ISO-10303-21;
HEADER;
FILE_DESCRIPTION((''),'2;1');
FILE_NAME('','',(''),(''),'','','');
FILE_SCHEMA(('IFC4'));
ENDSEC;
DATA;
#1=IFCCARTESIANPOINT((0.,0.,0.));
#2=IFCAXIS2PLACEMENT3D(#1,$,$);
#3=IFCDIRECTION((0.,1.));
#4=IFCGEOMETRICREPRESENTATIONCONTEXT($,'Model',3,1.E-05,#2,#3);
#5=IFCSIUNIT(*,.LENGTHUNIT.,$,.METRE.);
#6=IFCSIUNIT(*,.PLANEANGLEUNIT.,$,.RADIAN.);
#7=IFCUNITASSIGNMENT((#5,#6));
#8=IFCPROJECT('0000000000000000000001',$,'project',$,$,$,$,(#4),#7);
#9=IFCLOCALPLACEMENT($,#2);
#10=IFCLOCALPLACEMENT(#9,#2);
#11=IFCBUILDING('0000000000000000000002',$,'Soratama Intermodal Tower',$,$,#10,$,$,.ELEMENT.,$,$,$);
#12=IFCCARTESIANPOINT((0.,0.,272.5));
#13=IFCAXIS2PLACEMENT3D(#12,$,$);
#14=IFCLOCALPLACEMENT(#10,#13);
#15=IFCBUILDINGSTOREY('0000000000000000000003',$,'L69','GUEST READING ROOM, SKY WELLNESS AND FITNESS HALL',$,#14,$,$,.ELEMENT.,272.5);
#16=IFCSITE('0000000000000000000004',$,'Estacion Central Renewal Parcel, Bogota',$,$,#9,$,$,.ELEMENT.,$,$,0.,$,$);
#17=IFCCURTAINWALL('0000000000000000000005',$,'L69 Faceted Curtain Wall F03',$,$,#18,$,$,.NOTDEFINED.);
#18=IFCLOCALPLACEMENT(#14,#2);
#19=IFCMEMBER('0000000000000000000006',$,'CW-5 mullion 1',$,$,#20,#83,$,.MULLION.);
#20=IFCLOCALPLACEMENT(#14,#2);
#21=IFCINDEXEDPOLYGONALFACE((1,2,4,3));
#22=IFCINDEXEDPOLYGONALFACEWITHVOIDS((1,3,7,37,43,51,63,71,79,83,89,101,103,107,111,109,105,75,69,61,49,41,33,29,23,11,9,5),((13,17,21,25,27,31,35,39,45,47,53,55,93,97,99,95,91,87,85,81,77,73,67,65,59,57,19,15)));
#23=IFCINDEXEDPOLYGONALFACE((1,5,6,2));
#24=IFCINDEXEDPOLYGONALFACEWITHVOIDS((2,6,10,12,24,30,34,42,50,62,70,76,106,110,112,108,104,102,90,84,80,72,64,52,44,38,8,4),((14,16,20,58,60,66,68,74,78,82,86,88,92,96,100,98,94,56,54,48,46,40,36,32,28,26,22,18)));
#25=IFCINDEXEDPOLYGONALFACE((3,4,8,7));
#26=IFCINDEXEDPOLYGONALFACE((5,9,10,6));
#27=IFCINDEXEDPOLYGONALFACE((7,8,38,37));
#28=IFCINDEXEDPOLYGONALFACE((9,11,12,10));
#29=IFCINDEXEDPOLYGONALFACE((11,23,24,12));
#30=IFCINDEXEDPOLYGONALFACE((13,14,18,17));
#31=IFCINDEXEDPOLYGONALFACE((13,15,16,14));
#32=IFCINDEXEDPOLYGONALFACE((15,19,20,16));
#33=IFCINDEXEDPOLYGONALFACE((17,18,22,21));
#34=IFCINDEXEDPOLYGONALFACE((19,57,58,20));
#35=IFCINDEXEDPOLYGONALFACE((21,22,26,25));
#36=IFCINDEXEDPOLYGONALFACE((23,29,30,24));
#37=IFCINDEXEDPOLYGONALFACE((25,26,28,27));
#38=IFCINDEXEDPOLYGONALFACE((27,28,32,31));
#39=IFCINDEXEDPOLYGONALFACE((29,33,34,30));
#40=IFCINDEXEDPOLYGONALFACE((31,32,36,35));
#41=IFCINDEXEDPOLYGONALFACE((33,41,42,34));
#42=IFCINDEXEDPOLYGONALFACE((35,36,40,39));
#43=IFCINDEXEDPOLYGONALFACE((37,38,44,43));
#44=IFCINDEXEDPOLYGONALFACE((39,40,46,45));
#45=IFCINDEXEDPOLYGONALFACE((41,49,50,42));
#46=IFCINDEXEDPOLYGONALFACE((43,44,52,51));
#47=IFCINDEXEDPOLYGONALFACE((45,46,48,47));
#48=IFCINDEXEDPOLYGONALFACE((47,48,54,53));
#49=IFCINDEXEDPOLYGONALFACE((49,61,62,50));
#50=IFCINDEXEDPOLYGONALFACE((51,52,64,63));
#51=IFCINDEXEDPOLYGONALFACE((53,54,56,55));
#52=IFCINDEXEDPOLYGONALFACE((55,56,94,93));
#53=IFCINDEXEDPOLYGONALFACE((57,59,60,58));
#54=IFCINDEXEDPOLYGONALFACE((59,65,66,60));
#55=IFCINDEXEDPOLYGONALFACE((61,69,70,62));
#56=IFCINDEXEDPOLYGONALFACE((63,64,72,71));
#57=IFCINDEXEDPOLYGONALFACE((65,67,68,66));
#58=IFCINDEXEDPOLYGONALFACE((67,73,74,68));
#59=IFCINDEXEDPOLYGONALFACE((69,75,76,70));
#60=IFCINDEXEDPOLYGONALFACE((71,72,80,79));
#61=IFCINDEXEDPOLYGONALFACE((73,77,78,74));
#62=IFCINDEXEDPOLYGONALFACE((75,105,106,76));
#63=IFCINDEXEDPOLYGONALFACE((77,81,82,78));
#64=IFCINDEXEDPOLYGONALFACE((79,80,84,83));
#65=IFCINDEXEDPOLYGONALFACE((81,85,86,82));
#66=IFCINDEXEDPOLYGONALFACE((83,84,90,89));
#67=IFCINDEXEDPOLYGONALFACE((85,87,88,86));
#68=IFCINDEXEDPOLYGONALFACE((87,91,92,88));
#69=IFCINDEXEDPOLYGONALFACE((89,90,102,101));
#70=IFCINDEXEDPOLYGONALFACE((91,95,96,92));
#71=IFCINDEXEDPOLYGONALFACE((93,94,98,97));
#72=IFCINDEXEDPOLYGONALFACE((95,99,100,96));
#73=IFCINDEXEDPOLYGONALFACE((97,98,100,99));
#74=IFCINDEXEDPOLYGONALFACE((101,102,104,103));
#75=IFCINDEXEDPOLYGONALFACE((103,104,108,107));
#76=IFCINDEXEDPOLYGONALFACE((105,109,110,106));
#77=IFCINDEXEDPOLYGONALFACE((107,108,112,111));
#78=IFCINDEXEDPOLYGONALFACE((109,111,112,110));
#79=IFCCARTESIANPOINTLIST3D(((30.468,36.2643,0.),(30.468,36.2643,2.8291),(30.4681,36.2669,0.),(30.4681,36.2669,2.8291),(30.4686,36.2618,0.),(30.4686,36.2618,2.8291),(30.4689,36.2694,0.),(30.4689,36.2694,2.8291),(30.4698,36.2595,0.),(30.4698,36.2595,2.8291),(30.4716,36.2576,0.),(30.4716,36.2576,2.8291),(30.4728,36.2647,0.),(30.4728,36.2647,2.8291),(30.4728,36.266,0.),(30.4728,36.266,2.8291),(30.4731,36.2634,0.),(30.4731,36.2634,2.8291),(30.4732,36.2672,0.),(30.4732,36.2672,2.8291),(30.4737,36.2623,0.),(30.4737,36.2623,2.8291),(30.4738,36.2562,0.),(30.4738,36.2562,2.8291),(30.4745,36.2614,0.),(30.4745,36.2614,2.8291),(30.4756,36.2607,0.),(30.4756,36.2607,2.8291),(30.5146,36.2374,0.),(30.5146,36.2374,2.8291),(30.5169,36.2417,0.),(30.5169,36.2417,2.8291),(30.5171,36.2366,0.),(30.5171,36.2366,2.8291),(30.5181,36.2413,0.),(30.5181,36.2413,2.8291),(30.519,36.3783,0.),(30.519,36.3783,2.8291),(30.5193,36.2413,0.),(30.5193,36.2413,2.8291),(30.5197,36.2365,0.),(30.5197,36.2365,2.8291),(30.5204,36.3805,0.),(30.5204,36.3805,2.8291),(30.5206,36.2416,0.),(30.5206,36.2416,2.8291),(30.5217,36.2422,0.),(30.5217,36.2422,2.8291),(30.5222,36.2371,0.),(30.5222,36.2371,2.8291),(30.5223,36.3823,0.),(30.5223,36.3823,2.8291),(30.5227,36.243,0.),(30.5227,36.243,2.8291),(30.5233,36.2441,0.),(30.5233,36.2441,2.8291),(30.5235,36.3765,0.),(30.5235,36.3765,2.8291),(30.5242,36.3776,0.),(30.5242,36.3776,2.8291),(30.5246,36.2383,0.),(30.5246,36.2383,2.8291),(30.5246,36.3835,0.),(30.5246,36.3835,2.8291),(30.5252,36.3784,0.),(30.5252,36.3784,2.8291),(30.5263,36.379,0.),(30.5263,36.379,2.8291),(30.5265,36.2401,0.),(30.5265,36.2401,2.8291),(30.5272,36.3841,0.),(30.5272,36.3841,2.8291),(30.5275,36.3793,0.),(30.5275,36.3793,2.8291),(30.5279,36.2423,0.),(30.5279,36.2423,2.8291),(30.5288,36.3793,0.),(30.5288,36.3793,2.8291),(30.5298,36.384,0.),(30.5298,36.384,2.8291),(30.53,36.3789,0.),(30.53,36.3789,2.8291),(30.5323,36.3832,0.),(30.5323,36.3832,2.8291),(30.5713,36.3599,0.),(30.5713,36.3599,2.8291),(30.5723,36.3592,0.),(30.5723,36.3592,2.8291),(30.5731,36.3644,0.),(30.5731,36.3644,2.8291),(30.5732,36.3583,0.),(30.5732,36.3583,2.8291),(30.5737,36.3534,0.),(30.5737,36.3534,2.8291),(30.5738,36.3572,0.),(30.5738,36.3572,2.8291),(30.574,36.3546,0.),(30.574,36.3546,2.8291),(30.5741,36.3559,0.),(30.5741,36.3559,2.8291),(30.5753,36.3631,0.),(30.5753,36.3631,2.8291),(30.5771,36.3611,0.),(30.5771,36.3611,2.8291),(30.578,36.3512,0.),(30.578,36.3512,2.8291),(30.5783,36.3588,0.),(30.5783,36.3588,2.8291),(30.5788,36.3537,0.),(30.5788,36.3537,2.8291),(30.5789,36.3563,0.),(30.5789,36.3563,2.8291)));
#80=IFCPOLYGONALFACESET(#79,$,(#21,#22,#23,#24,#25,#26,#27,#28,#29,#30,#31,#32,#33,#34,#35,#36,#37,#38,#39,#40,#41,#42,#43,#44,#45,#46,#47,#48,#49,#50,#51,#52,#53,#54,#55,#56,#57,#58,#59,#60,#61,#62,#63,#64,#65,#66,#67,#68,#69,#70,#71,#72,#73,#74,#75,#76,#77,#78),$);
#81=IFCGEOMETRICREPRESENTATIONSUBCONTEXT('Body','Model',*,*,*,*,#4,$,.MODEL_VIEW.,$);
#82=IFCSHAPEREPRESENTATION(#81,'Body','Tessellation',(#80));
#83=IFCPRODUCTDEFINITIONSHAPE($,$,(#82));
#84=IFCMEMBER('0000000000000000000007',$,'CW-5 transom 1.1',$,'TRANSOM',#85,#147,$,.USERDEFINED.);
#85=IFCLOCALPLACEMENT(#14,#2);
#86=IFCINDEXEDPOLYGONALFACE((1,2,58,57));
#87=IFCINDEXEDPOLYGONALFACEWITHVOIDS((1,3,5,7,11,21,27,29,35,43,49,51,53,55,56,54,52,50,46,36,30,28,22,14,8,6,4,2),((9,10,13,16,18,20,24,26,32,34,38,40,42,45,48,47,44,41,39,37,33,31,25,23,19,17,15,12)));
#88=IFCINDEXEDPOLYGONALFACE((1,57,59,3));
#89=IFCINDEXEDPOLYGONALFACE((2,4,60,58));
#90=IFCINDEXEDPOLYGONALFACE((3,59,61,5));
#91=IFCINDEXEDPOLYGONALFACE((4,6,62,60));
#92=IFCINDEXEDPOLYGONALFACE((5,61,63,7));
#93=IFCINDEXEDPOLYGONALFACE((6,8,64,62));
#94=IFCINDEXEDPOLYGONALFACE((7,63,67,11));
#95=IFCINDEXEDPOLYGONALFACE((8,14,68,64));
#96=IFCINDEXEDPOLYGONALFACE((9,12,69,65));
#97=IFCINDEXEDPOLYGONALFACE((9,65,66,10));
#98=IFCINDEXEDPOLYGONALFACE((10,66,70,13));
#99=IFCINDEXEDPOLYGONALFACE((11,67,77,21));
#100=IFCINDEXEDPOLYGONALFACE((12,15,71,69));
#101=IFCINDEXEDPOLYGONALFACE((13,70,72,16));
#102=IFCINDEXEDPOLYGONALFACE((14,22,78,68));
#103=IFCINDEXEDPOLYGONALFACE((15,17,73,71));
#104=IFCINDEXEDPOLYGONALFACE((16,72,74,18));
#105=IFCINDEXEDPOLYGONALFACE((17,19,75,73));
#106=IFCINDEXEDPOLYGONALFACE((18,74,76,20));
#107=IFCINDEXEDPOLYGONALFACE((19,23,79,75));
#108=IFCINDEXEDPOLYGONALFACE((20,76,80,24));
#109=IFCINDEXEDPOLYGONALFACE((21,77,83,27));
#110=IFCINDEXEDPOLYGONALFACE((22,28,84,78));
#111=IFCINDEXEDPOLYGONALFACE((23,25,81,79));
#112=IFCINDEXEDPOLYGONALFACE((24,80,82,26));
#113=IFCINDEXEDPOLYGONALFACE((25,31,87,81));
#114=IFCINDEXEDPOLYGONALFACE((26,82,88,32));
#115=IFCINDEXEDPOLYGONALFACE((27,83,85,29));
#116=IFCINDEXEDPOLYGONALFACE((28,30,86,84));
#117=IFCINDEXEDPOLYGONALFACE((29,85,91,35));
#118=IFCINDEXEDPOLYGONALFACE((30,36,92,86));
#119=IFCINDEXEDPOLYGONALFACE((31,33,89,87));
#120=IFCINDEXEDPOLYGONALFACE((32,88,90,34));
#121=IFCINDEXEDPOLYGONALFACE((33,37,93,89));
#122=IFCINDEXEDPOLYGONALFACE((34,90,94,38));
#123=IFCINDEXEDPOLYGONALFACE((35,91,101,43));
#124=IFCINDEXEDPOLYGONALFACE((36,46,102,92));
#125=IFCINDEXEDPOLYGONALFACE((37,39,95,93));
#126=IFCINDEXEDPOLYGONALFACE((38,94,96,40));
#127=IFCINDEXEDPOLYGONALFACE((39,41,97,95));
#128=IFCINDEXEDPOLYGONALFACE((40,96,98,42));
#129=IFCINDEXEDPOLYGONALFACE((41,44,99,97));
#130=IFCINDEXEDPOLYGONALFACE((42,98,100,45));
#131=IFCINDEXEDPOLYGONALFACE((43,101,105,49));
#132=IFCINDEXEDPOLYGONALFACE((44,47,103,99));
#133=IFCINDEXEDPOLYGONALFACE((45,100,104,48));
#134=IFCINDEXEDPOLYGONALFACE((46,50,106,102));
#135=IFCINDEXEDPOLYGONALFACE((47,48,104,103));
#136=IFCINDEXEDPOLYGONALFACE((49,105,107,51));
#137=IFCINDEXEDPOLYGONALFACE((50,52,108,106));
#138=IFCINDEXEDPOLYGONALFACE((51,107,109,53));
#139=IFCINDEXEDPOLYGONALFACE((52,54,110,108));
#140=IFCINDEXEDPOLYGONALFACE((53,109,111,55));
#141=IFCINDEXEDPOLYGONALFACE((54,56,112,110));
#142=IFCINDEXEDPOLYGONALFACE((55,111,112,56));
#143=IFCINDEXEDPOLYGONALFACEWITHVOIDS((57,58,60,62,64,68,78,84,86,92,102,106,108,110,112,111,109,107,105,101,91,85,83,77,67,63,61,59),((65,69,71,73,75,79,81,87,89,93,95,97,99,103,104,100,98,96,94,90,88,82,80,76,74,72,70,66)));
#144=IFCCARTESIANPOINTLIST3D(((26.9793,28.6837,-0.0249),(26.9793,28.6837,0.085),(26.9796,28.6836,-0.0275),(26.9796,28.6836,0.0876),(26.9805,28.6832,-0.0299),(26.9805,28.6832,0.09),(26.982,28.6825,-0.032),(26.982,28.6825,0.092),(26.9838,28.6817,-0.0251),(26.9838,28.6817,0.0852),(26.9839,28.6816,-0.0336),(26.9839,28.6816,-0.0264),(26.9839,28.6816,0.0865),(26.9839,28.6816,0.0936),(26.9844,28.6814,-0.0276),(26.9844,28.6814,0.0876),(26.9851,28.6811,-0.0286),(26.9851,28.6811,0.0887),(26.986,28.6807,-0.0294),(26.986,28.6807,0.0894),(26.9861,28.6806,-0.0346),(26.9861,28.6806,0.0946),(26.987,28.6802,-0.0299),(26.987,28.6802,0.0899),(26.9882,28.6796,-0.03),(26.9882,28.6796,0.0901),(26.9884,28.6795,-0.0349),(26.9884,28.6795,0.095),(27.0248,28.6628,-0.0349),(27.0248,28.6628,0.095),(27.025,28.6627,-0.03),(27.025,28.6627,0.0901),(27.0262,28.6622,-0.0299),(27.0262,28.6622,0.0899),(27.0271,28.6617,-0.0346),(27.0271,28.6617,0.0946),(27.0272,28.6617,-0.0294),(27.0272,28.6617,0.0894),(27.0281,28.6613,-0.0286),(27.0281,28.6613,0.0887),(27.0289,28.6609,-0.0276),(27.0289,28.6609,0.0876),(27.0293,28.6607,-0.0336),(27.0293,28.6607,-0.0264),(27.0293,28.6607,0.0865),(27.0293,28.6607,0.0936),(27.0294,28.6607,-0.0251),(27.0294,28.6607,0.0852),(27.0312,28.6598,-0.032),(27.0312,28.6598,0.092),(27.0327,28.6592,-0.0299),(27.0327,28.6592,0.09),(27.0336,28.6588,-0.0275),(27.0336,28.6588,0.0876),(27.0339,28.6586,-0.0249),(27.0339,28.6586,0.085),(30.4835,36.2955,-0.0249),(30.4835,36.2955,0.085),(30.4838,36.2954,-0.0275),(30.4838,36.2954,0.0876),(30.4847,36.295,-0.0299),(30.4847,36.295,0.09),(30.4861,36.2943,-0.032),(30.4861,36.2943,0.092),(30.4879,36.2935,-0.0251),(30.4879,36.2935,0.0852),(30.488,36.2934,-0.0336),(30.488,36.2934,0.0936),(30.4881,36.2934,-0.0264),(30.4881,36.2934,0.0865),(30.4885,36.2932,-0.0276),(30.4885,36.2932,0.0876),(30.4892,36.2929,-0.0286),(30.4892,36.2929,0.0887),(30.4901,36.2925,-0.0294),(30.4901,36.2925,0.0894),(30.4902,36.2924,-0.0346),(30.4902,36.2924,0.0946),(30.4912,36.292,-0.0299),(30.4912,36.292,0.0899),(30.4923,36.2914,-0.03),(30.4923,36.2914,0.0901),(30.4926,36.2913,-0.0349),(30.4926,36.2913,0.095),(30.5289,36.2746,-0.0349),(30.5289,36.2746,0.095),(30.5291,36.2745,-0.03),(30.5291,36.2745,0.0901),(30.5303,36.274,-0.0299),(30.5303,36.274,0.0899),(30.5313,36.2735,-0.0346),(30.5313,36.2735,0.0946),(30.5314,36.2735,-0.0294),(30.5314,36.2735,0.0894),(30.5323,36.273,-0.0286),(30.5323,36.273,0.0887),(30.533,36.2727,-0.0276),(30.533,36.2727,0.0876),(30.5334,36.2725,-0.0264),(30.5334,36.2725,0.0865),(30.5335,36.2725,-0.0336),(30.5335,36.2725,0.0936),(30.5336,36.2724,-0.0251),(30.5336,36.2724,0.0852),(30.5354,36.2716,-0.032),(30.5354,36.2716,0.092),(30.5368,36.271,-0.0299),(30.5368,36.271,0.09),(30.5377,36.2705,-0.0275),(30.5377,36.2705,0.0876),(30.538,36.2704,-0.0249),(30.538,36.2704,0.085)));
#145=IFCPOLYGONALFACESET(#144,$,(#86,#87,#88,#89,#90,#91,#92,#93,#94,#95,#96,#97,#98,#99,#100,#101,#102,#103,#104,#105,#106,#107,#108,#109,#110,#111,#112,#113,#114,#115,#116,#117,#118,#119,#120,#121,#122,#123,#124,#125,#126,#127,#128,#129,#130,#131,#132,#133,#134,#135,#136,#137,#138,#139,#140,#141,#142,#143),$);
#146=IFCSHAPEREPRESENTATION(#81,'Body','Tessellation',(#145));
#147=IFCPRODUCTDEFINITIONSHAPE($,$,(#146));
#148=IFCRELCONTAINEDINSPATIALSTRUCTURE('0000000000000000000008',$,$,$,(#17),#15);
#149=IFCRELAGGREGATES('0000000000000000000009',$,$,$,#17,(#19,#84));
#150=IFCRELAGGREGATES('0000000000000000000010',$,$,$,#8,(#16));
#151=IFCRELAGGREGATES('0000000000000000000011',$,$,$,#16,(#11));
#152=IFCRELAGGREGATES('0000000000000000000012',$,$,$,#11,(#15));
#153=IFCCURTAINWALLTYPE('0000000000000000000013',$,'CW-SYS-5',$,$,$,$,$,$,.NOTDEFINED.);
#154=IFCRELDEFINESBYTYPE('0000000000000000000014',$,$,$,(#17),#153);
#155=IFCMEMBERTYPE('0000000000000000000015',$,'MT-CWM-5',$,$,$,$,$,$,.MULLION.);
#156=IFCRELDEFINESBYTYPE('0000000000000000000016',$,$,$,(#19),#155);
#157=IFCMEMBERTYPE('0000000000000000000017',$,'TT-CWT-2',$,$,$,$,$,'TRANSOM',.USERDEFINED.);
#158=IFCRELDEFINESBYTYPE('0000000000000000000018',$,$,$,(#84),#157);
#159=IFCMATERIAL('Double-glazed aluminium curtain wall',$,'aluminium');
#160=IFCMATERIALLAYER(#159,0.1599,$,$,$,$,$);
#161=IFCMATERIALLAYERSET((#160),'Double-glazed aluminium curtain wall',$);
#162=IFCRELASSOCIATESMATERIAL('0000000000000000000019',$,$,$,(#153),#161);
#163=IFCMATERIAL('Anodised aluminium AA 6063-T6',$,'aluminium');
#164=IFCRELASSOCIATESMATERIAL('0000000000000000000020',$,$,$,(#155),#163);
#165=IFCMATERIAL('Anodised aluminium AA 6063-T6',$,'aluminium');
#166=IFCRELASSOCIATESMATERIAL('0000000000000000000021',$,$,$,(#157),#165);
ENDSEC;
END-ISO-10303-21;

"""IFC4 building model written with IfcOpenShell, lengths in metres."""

from ifc_helpers import new_model, si_unit, direction, frame, origin, origin_2d, place, context, subcontext, project, spatial, hollow_rectangle, extrude, material, layer, layer_set, material_profile, profile_set, type_object, element, aggregate, save


model = new_model("IFC4")

# Units and contexts
model_context = context("Model", 3, precision=1e-05, world=origin(), true_north=direction((0.0, 1.0)))
body_context = subcontext(model_context, "Body", "Model", "MODEL_VIEW")
ifc_project = project(units=[si_unit("LENGTHUNIT", "METRE"), si_unit("PLANEANGLEUNIT", "RADIAN")], contexts=[model_context])

# Site, building, storey
site_placement = place(None, origin())
site = spatial("IfcSite", under=ifc_project, at=site_placement, Name="Estacion Central Renewal Parcel, Bogota", CompositionType="ELEMENT", RefElevation=0.0)
building_placement = place(site_placement, origin())
building = spatial("IfcBuilding", under=site, at=building_placement, Name="Soratama Intermodal Tower", CompositionType="ELEMENT")
storey_placement = place(building_placement, frame((0.0, 0.0, 272.5)))
storey = spatial("IfcBuildingStorey", under=building, at=storey_placement, Name="L69", Description="GUEST READING ROOM, SKY WELLNESS AND FITNESS HALL", CompositionType="ELEMENT", Elevation=272.5)

# Shared definitions
ifc_material_1 = material(Name="Double-glazed aluminium curtain wall", Category="aluminium")
ifc_layer_1 = layer(ifc_material_1, 0.1599)
ifc_layer_set_1 = layer_set([ifc_layer_1], Name="Double-glazed aluminium curtain wall")
curtain_wall_type = type_object("IfcCurtainWallType", Name="CW-SYS-5", PredefinedType="NOTDEFINED", material=ifc_layer_set_1)
ifc_material_2 = material(Name="Anodised aluminium AA 6063-T6", Category="aluminium")
ifc_material_profile_1 = material_profile(ifc_material_2, hollow_rectangle(XDim=0.0649, YDim=0.1399, WallThickness=0.0049, InnerFilletRadius=0.0049, OuterFilletRadius=0.01, at=origin_2d()), Name="CWM140X65X5")
ifc_profile_set_1 = profile_set([ifc_material_profile_1], Name="Anodised aluminium AA 6063-T6")
member_type_1 = type_object("IfcMemberType", Name="MT-CWM-5", PredefinedType="MULLION", material=ifc_profile_set_1)

# Curtain wall, members
curtain_wall_1_placement = place(storey_placement, origin())
curtain_wall_1 = element("IfcCurtainWall", 1, at=curtain_wall_1_placement, inside=storey, type_object=curtain_wall_type, Name="L69 Faceted Curtain Wall F03", PredefinedType="NOTDEFINED")
member_1_placement = place(storey_placement, frame((30.5234, 36.3103, 0.0), z_axis=(0.0, 0.0, 1.0), x_axis=(0.908361, -0.418186, 0.0)))
member_1 = element("IfcMember", 2, at=member_1_placement, type_object=member_type_1, Name="CW-5 mullion 1", PredefinedType="MULLION", context=body_context, shape_type="SweptSolid", body=[
    extrude(hollow_rectangle(XDim=0.0649, YDim=0.1399, WallThickness=0.0049, InnerFilletRadius=0.0049, OuterFilletRadius=0.01, at=origin_2d()), origin(), (0.0, 0.0, 1.0), 2.8291),
])
ifc_material_3 = material(Name="Anodised aluminium AA 6063-T6", Category="aluminium")
ifc_material_profile_2 = material_profile(ifc_material_3, hollow_rectangle(XDim=0.0601, YDim=0.1299, WallThickness=0.0049, InnerFilletRadius=0.0049, OuterFilletRadius=0.01, at=origin_2d()), Name="CWT130X60X5")
ifc_profile_set_2 = profile_set([ifc_material_profile_2], Name="Anodised aluminium AA 6063-T6")
member_type_2 = type_object("IfcMemberType", Name="TT-CWT-2", ElementType="TRANSOM", PredefinedType="USERDEFINED", material=ifc_profile_set_2)
member_2_placement = place(storey_placement, frame((30.5107, 36.283, 0.03), z_axis=(-0.418173, -0.908367, 0.0), x_axis=(0.908367, -0.418173, 0.0)))
member_2 = element("IfcMember", 3, at=member_2_placement, type_object=member_type_2, Name="CW-5 transom 1.1", ObjectType="TRANSOM", PredefinedType="USERDEFINED", context=body_context, shape_type="SweptSolid", body=[
    extrude(hollow_rectangle(XDim=0.0601, YDim=0.1299, WallThickness=0.0049, InnerFilletRadius=0.0049, OuterFilletRadius=0.01, at=origin_2d()), origin(), (0.0, 0.0, 1.0), 8.3796),
])
aggregate(curtain_wall_1, [member_1, member_2])

save(model, "model.ifc")
